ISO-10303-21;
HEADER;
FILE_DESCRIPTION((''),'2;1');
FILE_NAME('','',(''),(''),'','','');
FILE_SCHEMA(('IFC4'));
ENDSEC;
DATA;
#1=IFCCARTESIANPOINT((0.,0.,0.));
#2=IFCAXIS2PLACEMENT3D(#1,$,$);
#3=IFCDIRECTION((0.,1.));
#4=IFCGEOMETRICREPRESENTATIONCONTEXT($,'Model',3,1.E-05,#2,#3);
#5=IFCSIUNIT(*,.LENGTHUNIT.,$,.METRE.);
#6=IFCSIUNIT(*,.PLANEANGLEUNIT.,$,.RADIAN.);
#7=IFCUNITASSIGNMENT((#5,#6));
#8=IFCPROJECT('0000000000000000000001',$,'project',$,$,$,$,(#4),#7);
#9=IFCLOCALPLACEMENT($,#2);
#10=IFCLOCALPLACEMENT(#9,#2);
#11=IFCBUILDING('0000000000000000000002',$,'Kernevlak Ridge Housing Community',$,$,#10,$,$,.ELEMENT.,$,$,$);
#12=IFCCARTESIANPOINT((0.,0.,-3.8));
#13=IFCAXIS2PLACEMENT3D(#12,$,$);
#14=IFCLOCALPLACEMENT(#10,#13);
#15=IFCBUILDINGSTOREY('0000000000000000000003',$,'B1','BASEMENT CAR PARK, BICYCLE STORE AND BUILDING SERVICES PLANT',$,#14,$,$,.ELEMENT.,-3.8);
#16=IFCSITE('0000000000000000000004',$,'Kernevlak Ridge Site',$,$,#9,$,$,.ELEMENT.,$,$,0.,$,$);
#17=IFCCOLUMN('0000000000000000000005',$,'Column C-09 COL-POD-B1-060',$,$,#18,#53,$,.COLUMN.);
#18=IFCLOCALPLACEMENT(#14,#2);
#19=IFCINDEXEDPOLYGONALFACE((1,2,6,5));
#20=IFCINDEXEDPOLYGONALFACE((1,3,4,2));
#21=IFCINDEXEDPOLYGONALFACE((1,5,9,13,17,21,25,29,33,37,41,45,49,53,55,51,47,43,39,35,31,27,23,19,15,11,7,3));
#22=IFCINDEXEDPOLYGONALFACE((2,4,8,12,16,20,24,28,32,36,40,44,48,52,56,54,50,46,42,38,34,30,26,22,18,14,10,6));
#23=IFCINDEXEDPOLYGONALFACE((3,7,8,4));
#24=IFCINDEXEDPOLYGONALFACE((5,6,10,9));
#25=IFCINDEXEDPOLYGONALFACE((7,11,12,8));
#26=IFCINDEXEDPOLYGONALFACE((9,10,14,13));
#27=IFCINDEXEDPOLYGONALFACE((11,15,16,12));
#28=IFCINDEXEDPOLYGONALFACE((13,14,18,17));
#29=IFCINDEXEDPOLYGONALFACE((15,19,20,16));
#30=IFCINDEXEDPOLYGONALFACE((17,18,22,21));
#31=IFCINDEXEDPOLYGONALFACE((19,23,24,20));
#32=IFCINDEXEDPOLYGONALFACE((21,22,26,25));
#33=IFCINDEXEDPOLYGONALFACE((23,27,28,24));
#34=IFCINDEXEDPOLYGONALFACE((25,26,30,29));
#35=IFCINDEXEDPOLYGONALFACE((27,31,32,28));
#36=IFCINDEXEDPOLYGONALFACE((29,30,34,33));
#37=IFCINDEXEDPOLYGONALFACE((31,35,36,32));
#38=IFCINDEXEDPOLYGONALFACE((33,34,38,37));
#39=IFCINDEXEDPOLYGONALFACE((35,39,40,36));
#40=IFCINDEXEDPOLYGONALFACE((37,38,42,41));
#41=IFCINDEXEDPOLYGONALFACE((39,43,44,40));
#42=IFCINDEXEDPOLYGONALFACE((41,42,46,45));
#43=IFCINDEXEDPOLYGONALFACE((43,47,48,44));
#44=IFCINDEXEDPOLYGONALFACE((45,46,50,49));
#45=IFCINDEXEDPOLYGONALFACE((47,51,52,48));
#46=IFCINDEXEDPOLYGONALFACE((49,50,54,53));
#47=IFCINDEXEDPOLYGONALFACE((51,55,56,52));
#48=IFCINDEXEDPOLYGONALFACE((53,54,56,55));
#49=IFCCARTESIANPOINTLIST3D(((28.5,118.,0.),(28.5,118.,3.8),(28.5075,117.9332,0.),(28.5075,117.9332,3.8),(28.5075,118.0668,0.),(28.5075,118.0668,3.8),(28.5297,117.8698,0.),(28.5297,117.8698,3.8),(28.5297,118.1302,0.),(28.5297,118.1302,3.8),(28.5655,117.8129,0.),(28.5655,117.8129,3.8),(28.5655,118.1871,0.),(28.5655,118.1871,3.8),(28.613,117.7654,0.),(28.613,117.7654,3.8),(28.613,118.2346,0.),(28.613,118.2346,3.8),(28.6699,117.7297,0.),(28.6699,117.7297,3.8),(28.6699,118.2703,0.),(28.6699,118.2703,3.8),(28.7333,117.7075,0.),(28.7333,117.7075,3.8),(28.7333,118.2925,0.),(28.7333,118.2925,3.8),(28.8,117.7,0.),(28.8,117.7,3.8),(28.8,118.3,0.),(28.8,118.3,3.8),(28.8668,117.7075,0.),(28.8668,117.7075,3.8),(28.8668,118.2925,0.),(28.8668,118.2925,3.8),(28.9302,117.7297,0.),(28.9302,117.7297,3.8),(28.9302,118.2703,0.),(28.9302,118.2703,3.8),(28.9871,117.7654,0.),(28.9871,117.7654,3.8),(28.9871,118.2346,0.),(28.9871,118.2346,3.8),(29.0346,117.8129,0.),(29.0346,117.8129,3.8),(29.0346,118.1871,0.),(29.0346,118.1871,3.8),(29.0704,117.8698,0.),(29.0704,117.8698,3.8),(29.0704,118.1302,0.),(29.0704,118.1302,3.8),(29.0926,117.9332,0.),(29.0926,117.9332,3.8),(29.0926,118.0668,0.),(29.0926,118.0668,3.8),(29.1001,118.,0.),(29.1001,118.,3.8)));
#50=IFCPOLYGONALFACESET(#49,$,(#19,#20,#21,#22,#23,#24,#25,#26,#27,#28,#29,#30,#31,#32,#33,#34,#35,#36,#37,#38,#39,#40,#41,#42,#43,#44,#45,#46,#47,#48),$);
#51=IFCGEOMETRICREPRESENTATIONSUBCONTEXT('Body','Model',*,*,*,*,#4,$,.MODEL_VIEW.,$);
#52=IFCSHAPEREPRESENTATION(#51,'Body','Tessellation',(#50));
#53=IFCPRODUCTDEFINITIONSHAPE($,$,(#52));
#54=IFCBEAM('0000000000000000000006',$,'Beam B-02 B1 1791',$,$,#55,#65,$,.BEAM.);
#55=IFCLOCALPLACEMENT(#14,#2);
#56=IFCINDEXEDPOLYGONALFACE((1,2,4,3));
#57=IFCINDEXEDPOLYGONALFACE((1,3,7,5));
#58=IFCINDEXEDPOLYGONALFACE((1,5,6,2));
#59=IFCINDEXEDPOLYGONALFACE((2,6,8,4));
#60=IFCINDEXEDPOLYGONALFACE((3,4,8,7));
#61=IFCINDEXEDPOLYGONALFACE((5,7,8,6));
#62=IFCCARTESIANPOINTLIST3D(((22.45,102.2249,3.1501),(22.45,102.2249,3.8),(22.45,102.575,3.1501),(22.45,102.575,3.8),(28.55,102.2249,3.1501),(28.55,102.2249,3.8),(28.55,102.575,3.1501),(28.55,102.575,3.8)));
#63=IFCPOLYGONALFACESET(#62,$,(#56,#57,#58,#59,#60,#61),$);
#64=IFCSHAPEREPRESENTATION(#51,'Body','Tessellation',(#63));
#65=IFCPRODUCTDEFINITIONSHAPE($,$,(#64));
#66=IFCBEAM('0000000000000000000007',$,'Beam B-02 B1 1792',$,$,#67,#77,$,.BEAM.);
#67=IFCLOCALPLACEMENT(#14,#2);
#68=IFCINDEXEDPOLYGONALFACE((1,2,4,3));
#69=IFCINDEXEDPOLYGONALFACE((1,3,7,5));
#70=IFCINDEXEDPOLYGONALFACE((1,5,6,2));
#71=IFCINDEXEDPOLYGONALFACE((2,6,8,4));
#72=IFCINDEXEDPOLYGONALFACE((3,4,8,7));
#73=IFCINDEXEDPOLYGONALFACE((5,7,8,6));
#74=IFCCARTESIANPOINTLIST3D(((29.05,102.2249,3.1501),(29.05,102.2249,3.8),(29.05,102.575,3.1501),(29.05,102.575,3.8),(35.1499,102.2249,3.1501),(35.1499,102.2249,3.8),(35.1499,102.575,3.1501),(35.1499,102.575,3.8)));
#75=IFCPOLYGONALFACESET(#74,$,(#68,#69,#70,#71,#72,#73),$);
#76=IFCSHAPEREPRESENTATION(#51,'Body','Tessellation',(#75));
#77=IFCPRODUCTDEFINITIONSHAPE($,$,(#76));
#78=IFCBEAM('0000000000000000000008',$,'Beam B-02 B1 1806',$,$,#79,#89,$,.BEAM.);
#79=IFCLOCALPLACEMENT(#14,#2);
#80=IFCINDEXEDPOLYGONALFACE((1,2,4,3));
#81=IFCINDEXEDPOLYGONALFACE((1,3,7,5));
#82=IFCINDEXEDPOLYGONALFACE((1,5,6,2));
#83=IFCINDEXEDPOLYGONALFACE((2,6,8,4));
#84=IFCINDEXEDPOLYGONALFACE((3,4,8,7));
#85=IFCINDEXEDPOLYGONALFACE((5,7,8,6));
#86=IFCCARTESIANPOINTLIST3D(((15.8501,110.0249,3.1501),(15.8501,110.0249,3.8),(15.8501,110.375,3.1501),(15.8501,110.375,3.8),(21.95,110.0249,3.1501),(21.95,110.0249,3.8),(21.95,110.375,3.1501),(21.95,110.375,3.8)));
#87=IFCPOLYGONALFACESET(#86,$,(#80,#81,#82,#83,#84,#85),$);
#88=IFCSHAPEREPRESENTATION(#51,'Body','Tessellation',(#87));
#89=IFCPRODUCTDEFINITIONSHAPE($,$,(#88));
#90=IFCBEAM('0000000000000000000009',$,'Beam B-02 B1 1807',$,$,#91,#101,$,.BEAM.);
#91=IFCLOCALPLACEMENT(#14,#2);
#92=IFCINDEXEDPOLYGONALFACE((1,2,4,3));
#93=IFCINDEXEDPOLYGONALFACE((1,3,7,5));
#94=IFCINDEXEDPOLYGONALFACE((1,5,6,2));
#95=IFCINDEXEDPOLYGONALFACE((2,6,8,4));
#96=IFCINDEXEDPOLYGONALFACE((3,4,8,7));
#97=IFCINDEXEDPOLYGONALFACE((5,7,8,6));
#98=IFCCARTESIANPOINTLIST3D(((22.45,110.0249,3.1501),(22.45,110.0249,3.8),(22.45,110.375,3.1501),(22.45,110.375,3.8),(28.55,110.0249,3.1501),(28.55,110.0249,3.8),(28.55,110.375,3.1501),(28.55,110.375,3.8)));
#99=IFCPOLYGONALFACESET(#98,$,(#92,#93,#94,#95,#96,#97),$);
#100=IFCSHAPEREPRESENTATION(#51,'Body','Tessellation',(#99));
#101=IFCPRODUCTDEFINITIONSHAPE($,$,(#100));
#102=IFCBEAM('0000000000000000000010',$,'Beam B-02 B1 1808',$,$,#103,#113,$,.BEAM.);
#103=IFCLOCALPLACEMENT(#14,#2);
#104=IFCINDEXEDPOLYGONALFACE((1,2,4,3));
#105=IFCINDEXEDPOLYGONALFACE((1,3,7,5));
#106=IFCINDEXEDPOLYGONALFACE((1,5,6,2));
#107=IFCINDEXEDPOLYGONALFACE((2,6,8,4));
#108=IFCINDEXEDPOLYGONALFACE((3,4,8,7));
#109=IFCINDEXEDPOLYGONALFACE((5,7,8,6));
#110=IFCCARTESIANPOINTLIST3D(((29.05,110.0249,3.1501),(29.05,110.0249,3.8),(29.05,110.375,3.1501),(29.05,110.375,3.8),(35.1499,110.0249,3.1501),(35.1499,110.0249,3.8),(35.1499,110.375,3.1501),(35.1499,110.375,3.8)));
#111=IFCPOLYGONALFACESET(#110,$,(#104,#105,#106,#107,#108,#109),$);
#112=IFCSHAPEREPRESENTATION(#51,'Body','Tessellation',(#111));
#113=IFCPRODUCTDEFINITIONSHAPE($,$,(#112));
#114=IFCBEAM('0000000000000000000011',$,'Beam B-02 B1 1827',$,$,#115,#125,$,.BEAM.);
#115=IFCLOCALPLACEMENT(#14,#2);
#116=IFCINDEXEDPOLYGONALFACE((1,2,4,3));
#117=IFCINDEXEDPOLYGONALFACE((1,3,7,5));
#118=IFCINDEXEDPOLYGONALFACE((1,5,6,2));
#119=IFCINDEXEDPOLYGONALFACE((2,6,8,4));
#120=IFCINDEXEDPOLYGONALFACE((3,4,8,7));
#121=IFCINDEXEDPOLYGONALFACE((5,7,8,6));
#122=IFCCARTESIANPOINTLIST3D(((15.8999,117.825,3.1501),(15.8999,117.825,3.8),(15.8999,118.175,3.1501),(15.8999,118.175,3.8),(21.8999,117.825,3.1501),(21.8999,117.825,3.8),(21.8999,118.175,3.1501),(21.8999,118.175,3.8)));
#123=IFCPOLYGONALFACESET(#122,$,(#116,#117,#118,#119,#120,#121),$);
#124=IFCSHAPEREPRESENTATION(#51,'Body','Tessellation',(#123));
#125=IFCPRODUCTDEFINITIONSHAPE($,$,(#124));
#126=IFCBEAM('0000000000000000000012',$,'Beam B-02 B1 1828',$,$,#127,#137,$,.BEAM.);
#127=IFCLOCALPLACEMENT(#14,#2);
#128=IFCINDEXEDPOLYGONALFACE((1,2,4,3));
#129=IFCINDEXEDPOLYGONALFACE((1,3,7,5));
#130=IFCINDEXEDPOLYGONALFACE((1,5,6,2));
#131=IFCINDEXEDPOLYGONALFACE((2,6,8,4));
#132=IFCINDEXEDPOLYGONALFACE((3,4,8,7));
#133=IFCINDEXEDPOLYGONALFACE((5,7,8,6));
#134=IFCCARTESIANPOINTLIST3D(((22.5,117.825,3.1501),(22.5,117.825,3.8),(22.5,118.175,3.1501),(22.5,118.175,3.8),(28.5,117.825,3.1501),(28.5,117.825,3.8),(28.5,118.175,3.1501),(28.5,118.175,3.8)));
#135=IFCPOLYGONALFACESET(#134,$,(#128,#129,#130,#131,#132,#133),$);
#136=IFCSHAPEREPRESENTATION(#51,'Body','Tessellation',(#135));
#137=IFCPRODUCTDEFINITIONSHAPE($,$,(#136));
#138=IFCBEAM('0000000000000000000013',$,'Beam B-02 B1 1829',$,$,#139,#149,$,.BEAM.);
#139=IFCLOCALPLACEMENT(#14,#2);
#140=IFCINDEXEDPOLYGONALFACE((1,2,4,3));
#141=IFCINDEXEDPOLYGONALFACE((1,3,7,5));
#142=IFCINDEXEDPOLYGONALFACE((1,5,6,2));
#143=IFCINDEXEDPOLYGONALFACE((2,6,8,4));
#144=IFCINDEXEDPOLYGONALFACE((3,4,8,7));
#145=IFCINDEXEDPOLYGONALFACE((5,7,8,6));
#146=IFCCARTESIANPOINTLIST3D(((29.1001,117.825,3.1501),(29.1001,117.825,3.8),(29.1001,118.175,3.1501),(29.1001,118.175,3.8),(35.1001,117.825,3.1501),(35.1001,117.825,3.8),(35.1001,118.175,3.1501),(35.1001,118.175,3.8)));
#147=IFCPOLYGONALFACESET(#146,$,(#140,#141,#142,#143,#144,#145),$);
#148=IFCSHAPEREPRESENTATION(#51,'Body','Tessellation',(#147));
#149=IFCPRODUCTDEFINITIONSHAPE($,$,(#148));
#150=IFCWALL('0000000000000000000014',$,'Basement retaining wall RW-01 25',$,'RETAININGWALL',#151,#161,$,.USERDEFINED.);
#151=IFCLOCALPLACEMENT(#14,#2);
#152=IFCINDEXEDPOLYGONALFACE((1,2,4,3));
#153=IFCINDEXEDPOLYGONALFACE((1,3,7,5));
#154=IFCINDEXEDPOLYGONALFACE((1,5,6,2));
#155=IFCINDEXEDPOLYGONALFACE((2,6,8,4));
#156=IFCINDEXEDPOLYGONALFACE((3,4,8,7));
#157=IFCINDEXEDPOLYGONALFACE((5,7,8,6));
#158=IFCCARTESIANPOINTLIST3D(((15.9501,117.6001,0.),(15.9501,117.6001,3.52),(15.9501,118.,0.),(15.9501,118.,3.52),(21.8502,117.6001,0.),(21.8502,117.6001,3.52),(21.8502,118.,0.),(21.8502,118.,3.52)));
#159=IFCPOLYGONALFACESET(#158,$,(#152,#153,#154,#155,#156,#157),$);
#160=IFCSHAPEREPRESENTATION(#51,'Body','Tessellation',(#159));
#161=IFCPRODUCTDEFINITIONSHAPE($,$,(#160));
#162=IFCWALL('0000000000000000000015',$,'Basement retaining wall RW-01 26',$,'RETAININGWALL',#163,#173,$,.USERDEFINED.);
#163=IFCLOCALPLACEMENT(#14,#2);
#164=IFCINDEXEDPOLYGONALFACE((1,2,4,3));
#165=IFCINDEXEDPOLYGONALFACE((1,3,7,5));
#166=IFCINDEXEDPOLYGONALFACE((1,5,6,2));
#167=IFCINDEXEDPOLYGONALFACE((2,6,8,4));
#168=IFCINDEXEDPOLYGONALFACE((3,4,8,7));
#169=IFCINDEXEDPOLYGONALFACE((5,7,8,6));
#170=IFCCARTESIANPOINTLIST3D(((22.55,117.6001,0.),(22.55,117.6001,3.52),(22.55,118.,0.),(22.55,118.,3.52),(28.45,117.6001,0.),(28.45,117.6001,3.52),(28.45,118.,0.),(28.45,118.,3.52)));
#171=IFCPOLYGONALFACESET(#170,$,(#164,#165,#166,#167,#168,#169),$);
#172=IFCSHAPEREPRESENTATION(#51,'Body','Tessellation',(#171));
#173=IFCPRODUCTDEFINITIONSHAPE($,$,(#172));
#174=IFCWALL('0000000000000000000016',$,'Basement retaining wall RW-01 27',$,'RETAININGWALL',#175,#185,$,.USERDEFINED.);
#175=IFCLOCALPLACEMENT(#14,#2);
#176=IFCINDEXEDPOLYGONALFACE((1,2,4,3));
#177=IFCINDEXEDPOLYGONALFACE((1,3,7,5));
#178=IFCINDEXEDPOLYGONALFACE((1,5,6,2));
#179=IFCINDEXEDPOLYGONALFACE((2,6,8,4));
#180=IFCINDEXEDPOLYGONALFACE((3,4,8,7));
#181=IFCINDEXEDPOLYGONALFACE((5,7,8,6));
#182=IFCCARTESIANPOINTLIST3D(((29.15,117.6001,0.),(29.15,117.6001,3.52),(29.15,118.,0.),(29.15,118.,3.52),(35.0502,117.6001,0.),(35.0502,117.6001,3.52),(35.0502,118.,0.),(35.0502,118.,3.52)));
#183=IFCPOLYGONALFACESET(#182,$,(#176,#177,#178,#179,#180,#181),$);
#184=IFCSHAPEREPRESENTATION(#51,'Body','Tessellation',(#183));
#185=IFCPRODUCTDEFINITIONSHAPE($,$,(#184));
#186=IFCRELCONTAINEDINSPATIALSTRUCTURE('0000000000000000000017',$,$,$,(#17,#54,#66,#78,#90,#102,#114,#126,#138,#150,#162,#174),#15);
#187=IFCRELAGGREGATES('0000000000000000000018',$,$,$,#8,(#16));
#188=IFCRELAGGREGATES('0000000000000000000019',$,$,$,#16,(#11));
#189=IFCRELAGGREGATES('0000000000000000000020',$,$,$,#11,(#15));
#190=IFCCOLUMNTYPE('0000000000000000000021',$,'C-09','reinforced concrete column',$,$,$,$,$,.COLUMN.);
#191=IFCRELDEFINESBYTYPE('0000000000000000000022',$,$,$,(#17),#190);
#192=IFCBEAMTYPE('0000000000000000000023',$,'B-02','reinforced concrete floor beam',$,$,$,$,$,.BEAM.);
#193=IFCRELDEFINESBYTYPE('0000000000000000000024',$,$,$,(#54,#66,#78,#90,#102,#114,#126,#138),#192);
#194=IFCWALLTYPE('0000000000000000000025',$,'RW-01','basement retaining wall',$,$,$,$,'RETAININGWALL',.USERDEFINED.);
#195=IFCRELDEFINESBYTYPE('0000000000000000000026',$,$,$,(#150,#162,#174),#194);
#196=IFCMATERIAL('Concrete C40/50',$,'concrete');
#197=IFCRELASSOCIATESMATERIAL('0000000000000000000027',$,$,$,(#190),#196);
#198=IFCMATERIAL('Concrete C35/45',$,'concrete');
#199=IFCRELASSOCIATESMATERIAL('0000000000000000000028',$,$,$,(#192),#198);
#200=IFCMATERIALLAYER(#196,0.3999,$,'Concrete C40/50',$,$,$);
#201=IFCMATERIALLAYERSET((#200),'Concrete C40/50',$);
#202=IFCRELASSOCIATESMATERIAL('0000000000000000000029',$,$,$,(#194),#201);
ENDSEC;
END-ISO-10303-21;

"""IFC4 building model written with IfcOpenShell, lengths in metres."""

from ifc_helpers import new_model, si_unit, direction, frame, frame_2d, origin, origin_2d, place, context, subcontext, project, spatial, rectangle, circle, extrude, material, layer, layer_set, material_profile, profile_set, type_object, element, save


model = new_model("IFC4")

# Units and contexts
model_context = context("Model", 3, precision=1e-05, world=origin(), true_north=direction((0.0, 1.0)))
body_context = subcontext(model_context, "Body", "Model", "MODEL_VIEW")
ifc_project = project(units=[si_unit("LENGTHUNIT", "METRE"), si_unit("PLANEANGLEUNIT", "RADIAN")], contexts=[model_context])

# Site, building, storey
site_placement = place(None, origin())
site = spatial("IfcSite", under=ifc_project, at=site_placement, Name="Kernevlak Ridge Site", CompositionType="ELEMENT", RefElevation=0.0)
building_placement = place(site_placement, origin())
building = spatial("IfcBuilding", under=site, at=building_placement, Name="Kernevlak Ridge Housing Community", CompositionType="ELEMENT")
storey_placement = place(building_placement, frame((0.0, 0.0, -3.8)))
storey = spatial("IfcBuildingStorey", under=building, at=storey_placement, Name="B1", Description="BASEMENT CAR PARK, BICYCLE STORE AND BUILDING SERVICES PLANT", CompositionType="ELEMENT", Elevation=-3.8)

# Shared definitions
ifc_material_1 = material(Name="Concrete C35/45", Category="concrete")

# Column
ifc_material_2 = material(Name="Concrete C40/50", Category="concrete")
ifc_material_profile_1 = material_profile(ifc_material_2, circle(Radius=0.3, at=origin_2d()), Name="RC D600")
ifc_profile_set_1 = profile_set([ifc_material_profile_1], Name="Concrete C40/50")
column_type_1 = type_object("IfcColumnType", Name="C-09", Description="reinforced concrete column", PredefinedType="COLUMN", material=ifc_profile_set_1)
for number, where, z_axis, x_axis, name in (
    (1, (28.8, 118.0, 0.0), (0.0, 0.0, 1.0), (1.0, 0.0, 0.0), "Column C-09 COL-POD-B1-060"),
):
    element("IfcColumn", number, at=place(storey_placement, frame(where, z_axis=z_axis, x_axis=x_axis)), inside=storey, type_object=column_type_1, Name=name, PredefinedType="COLUMN", context=body_context, shape_type="SweptSolid", body=[
        extrude(circle(Radius=0.3, at=origin_2d()), origin(), (0.0, 0.0, 1.0), 3.8),
    ])

# Beams
ifc_material_profile_2 = material_profile(ifc_material_1, rectangle(XDim=0.3501, YDim=0.6499, at=origin_2d()), Name="RC 350x650")
ifc_profile_set_2 = profile_set([ifc_material_profile_2], Name="Concrete C35/45")
beam_type = type_object("IfcBeamType", Name="B-02", Description="reinforced concrete floor beam", PredefinedType="BEAM", material=ifc_profile_set_2)
beam_1_placement = place(storey_placement, frame((22.45, 102.3999, 3.4751), z_axis=(1.0, 0.0, 0.0), x_axis=(0.0, 1.0, 0.0)))
element("IfcBeam", 2, at=beam_1_placement, inside=storey, type_object=beam_type, Name="Beam B-02 B1 1791", PredefinedType="BEAM", context=body_context, shape_type="SweptSolid", body=[
    extrude(rectangle(XDim=0.3501, YDim=0.6499, at=origin_2d()), origin(), (0.0, 0.0, 1.0), 6.1001),
])
for number, where, z_axis, x_axis, name in (
    (3, (29.05, 102.3999, 3.4751), (1.0, 0.0, 0.0), (0.0, 1.0, 0.0), "Beam B-02 B1 1792"),
    (4, (15.8501, 110.2, 3.4751), (1.0, 0.0, 0.0), (0.0, 1.0, 0.0), "Beam B-02 B1 1806"),
):
    element("IfcBeam", number, at=place(storey_placement, frame(where, z_axis=z_axis, x_axis=x_axis)), inside=storey, type_object=beam_type, Name=name, PredefinedType="BEAM", context=body_context, shape_type="SweptSolid", body=[
        extrude(rectangle(XDim=0.3501, YDim=0.6499, at=origin_2d()), origin(), (0.0, 0.0, 1.0), 6.0999),
    ])
beam_2_placement = place(storey_placement, frame((22.45, 110.2, 3.4751), z_axis=(1.0, 0.0, 0.0), x_axis=(0.0, 1.0, 0.0)))
element("IfcBeam", 5, at=beam_2_placement, inside=storey, type_object=beam_type, Name="Beam B-02 B1 1807", PredefinedType="BEAM", context=body_context, shape_type="SweptSolid", body=[
    extrude(rectangle(XDim=0.3501, YDim=0.6499, at=origin_2d()), origin(), (0.0, 0.0, 1.0), 6.1001),
])
beam_3_placement = place(storey_placement, frame((29.05, 110.2, 3.4751), z_axis=(1.0, 0.0, 0.0), x_axis=(0.0, 1.0, 0.0)))
element("IfcBeam", 6, at=beam_3_placement, inside=storey, type_object=beam_type, Name="Beam B-02 B1 1808", PredefinedType="BEAM", context=body_context, shape_type="SweptSolid", body=[
    extrude(rectangle(XDim=0.3501, YDim=0.6499, at=origin_2d()), origin(), (0.0, 0.0, 1.0), 6.0999),
])
for number, where, z_axis, x_axis, name in (
    (7, (15.8999, 118.0, 3.4751), (1.0, 0.0, 0.0), (0.0, 1.0, 0.0), "Beam B-02 B1 1827"),
    (8, (22.5, 118.0, 3.4751), (1.0, 0.0, 0.0), (0.0, 1.0, 0.0), "Beam B-02 B1 1828"),
    (9, (29.1001, 118.0, 3.4751), (1.0, 0.0, 0.0), (0.0, 1.0, 0.0), "Beam B-02 B1 1829"),
):
    element("IfcBeam", number, at=place(storey_placement, frame(where, z_axis=z_axis, x_axis=x_axis)), inside=storey, type_object=beam_type, Name=name, PredefinedType="BEAM", context=body_context, shape_type="SweptSolid", body=[
        extrude(rectangle(XDim=0.3501, YDim=0.6499, at=origin_2d()), origin(), (0.0, 0.0, 1.0), 6.0),
    ])

# Walls
ifc_layer = layer(ifc_material_2, 0.3999, Name="Concrete C40/50")
ifc_layer_set = layer_set([ifc_layer], Name="Concrete C40/50")
wall_type = type_object("IfcWallType", Name="RW-01", Description="basement retaining wall", ElementType="RETAININGWALL", PredefinedType="USERDEFINED", material=ifc_layer_set)
wall_1_placement = place(storey_placement, frame((15.95, 117.8, 0.0), z_axis=(0.0, 0.0, 1.0), x_axis=(1.0, 0.0, 0.0)))
element("IfcWall", 10, at=wall_1_placement, inside=storey, type_object=wall_type, Name="Basement retaining wall RW-01 25", ObjectType="RETAININGWALL", PredefinedType="USERDEFINED", context=body_context, shape_type="SweptSolid", body=[
    extrude(rectangle(XDim=5.9001, YDim=0.3999, at=frame_2d((2.9502, 0.0))), origin(), (0.0, 0.0, 1.0), 3.52),
])
wall_2_placement = place(storey_placement, frame((22.55, 117.8, 0.0), z_axis=(0.0, 0.0, 1.0), x_axis=(1.0, 0.0, 0.0)))
element("IfcWall", 11, at=wall_2_placement, inside=storey, type_object=wall_type, Name="Basement retaining wall RW-01 26", ObjectType="RETAININGWALL", PredefinedType="USERDEFINED", context=body_context, shape_type="SweptSolid", body=[
    extrude(rectangle(XDim=5.8999, YDim=0.3999, at=frame_2d((2.95, 0.0))), origin(), (0.0, 0.0, 1.0), 3.52),
])
wall_3_placement = place(storey_placement, frame((29.1499, 117.8, 0.0), z_axis=(0.0, 0.0, 1.0), x_axis=(1.0, 0.0, 0.0)))
element("IfcWall", 12, at=wall_3_placement, inside=storey, type_object=wall_type, Name="Basement retaining wall RW-01 27", ObjectType="RETAININGWALL", PredefinedType="USERDEFINED", context=body_context, shape_type="SweptSolid", body=[
    extrude(rectangle(XDim=5.9001, YDim=0.3999, at=frame_2d((2.9502, 0.0))), origin(), (0.0, 0.0, 1.0), 3.52),
])

save(model, "model.ifc")
